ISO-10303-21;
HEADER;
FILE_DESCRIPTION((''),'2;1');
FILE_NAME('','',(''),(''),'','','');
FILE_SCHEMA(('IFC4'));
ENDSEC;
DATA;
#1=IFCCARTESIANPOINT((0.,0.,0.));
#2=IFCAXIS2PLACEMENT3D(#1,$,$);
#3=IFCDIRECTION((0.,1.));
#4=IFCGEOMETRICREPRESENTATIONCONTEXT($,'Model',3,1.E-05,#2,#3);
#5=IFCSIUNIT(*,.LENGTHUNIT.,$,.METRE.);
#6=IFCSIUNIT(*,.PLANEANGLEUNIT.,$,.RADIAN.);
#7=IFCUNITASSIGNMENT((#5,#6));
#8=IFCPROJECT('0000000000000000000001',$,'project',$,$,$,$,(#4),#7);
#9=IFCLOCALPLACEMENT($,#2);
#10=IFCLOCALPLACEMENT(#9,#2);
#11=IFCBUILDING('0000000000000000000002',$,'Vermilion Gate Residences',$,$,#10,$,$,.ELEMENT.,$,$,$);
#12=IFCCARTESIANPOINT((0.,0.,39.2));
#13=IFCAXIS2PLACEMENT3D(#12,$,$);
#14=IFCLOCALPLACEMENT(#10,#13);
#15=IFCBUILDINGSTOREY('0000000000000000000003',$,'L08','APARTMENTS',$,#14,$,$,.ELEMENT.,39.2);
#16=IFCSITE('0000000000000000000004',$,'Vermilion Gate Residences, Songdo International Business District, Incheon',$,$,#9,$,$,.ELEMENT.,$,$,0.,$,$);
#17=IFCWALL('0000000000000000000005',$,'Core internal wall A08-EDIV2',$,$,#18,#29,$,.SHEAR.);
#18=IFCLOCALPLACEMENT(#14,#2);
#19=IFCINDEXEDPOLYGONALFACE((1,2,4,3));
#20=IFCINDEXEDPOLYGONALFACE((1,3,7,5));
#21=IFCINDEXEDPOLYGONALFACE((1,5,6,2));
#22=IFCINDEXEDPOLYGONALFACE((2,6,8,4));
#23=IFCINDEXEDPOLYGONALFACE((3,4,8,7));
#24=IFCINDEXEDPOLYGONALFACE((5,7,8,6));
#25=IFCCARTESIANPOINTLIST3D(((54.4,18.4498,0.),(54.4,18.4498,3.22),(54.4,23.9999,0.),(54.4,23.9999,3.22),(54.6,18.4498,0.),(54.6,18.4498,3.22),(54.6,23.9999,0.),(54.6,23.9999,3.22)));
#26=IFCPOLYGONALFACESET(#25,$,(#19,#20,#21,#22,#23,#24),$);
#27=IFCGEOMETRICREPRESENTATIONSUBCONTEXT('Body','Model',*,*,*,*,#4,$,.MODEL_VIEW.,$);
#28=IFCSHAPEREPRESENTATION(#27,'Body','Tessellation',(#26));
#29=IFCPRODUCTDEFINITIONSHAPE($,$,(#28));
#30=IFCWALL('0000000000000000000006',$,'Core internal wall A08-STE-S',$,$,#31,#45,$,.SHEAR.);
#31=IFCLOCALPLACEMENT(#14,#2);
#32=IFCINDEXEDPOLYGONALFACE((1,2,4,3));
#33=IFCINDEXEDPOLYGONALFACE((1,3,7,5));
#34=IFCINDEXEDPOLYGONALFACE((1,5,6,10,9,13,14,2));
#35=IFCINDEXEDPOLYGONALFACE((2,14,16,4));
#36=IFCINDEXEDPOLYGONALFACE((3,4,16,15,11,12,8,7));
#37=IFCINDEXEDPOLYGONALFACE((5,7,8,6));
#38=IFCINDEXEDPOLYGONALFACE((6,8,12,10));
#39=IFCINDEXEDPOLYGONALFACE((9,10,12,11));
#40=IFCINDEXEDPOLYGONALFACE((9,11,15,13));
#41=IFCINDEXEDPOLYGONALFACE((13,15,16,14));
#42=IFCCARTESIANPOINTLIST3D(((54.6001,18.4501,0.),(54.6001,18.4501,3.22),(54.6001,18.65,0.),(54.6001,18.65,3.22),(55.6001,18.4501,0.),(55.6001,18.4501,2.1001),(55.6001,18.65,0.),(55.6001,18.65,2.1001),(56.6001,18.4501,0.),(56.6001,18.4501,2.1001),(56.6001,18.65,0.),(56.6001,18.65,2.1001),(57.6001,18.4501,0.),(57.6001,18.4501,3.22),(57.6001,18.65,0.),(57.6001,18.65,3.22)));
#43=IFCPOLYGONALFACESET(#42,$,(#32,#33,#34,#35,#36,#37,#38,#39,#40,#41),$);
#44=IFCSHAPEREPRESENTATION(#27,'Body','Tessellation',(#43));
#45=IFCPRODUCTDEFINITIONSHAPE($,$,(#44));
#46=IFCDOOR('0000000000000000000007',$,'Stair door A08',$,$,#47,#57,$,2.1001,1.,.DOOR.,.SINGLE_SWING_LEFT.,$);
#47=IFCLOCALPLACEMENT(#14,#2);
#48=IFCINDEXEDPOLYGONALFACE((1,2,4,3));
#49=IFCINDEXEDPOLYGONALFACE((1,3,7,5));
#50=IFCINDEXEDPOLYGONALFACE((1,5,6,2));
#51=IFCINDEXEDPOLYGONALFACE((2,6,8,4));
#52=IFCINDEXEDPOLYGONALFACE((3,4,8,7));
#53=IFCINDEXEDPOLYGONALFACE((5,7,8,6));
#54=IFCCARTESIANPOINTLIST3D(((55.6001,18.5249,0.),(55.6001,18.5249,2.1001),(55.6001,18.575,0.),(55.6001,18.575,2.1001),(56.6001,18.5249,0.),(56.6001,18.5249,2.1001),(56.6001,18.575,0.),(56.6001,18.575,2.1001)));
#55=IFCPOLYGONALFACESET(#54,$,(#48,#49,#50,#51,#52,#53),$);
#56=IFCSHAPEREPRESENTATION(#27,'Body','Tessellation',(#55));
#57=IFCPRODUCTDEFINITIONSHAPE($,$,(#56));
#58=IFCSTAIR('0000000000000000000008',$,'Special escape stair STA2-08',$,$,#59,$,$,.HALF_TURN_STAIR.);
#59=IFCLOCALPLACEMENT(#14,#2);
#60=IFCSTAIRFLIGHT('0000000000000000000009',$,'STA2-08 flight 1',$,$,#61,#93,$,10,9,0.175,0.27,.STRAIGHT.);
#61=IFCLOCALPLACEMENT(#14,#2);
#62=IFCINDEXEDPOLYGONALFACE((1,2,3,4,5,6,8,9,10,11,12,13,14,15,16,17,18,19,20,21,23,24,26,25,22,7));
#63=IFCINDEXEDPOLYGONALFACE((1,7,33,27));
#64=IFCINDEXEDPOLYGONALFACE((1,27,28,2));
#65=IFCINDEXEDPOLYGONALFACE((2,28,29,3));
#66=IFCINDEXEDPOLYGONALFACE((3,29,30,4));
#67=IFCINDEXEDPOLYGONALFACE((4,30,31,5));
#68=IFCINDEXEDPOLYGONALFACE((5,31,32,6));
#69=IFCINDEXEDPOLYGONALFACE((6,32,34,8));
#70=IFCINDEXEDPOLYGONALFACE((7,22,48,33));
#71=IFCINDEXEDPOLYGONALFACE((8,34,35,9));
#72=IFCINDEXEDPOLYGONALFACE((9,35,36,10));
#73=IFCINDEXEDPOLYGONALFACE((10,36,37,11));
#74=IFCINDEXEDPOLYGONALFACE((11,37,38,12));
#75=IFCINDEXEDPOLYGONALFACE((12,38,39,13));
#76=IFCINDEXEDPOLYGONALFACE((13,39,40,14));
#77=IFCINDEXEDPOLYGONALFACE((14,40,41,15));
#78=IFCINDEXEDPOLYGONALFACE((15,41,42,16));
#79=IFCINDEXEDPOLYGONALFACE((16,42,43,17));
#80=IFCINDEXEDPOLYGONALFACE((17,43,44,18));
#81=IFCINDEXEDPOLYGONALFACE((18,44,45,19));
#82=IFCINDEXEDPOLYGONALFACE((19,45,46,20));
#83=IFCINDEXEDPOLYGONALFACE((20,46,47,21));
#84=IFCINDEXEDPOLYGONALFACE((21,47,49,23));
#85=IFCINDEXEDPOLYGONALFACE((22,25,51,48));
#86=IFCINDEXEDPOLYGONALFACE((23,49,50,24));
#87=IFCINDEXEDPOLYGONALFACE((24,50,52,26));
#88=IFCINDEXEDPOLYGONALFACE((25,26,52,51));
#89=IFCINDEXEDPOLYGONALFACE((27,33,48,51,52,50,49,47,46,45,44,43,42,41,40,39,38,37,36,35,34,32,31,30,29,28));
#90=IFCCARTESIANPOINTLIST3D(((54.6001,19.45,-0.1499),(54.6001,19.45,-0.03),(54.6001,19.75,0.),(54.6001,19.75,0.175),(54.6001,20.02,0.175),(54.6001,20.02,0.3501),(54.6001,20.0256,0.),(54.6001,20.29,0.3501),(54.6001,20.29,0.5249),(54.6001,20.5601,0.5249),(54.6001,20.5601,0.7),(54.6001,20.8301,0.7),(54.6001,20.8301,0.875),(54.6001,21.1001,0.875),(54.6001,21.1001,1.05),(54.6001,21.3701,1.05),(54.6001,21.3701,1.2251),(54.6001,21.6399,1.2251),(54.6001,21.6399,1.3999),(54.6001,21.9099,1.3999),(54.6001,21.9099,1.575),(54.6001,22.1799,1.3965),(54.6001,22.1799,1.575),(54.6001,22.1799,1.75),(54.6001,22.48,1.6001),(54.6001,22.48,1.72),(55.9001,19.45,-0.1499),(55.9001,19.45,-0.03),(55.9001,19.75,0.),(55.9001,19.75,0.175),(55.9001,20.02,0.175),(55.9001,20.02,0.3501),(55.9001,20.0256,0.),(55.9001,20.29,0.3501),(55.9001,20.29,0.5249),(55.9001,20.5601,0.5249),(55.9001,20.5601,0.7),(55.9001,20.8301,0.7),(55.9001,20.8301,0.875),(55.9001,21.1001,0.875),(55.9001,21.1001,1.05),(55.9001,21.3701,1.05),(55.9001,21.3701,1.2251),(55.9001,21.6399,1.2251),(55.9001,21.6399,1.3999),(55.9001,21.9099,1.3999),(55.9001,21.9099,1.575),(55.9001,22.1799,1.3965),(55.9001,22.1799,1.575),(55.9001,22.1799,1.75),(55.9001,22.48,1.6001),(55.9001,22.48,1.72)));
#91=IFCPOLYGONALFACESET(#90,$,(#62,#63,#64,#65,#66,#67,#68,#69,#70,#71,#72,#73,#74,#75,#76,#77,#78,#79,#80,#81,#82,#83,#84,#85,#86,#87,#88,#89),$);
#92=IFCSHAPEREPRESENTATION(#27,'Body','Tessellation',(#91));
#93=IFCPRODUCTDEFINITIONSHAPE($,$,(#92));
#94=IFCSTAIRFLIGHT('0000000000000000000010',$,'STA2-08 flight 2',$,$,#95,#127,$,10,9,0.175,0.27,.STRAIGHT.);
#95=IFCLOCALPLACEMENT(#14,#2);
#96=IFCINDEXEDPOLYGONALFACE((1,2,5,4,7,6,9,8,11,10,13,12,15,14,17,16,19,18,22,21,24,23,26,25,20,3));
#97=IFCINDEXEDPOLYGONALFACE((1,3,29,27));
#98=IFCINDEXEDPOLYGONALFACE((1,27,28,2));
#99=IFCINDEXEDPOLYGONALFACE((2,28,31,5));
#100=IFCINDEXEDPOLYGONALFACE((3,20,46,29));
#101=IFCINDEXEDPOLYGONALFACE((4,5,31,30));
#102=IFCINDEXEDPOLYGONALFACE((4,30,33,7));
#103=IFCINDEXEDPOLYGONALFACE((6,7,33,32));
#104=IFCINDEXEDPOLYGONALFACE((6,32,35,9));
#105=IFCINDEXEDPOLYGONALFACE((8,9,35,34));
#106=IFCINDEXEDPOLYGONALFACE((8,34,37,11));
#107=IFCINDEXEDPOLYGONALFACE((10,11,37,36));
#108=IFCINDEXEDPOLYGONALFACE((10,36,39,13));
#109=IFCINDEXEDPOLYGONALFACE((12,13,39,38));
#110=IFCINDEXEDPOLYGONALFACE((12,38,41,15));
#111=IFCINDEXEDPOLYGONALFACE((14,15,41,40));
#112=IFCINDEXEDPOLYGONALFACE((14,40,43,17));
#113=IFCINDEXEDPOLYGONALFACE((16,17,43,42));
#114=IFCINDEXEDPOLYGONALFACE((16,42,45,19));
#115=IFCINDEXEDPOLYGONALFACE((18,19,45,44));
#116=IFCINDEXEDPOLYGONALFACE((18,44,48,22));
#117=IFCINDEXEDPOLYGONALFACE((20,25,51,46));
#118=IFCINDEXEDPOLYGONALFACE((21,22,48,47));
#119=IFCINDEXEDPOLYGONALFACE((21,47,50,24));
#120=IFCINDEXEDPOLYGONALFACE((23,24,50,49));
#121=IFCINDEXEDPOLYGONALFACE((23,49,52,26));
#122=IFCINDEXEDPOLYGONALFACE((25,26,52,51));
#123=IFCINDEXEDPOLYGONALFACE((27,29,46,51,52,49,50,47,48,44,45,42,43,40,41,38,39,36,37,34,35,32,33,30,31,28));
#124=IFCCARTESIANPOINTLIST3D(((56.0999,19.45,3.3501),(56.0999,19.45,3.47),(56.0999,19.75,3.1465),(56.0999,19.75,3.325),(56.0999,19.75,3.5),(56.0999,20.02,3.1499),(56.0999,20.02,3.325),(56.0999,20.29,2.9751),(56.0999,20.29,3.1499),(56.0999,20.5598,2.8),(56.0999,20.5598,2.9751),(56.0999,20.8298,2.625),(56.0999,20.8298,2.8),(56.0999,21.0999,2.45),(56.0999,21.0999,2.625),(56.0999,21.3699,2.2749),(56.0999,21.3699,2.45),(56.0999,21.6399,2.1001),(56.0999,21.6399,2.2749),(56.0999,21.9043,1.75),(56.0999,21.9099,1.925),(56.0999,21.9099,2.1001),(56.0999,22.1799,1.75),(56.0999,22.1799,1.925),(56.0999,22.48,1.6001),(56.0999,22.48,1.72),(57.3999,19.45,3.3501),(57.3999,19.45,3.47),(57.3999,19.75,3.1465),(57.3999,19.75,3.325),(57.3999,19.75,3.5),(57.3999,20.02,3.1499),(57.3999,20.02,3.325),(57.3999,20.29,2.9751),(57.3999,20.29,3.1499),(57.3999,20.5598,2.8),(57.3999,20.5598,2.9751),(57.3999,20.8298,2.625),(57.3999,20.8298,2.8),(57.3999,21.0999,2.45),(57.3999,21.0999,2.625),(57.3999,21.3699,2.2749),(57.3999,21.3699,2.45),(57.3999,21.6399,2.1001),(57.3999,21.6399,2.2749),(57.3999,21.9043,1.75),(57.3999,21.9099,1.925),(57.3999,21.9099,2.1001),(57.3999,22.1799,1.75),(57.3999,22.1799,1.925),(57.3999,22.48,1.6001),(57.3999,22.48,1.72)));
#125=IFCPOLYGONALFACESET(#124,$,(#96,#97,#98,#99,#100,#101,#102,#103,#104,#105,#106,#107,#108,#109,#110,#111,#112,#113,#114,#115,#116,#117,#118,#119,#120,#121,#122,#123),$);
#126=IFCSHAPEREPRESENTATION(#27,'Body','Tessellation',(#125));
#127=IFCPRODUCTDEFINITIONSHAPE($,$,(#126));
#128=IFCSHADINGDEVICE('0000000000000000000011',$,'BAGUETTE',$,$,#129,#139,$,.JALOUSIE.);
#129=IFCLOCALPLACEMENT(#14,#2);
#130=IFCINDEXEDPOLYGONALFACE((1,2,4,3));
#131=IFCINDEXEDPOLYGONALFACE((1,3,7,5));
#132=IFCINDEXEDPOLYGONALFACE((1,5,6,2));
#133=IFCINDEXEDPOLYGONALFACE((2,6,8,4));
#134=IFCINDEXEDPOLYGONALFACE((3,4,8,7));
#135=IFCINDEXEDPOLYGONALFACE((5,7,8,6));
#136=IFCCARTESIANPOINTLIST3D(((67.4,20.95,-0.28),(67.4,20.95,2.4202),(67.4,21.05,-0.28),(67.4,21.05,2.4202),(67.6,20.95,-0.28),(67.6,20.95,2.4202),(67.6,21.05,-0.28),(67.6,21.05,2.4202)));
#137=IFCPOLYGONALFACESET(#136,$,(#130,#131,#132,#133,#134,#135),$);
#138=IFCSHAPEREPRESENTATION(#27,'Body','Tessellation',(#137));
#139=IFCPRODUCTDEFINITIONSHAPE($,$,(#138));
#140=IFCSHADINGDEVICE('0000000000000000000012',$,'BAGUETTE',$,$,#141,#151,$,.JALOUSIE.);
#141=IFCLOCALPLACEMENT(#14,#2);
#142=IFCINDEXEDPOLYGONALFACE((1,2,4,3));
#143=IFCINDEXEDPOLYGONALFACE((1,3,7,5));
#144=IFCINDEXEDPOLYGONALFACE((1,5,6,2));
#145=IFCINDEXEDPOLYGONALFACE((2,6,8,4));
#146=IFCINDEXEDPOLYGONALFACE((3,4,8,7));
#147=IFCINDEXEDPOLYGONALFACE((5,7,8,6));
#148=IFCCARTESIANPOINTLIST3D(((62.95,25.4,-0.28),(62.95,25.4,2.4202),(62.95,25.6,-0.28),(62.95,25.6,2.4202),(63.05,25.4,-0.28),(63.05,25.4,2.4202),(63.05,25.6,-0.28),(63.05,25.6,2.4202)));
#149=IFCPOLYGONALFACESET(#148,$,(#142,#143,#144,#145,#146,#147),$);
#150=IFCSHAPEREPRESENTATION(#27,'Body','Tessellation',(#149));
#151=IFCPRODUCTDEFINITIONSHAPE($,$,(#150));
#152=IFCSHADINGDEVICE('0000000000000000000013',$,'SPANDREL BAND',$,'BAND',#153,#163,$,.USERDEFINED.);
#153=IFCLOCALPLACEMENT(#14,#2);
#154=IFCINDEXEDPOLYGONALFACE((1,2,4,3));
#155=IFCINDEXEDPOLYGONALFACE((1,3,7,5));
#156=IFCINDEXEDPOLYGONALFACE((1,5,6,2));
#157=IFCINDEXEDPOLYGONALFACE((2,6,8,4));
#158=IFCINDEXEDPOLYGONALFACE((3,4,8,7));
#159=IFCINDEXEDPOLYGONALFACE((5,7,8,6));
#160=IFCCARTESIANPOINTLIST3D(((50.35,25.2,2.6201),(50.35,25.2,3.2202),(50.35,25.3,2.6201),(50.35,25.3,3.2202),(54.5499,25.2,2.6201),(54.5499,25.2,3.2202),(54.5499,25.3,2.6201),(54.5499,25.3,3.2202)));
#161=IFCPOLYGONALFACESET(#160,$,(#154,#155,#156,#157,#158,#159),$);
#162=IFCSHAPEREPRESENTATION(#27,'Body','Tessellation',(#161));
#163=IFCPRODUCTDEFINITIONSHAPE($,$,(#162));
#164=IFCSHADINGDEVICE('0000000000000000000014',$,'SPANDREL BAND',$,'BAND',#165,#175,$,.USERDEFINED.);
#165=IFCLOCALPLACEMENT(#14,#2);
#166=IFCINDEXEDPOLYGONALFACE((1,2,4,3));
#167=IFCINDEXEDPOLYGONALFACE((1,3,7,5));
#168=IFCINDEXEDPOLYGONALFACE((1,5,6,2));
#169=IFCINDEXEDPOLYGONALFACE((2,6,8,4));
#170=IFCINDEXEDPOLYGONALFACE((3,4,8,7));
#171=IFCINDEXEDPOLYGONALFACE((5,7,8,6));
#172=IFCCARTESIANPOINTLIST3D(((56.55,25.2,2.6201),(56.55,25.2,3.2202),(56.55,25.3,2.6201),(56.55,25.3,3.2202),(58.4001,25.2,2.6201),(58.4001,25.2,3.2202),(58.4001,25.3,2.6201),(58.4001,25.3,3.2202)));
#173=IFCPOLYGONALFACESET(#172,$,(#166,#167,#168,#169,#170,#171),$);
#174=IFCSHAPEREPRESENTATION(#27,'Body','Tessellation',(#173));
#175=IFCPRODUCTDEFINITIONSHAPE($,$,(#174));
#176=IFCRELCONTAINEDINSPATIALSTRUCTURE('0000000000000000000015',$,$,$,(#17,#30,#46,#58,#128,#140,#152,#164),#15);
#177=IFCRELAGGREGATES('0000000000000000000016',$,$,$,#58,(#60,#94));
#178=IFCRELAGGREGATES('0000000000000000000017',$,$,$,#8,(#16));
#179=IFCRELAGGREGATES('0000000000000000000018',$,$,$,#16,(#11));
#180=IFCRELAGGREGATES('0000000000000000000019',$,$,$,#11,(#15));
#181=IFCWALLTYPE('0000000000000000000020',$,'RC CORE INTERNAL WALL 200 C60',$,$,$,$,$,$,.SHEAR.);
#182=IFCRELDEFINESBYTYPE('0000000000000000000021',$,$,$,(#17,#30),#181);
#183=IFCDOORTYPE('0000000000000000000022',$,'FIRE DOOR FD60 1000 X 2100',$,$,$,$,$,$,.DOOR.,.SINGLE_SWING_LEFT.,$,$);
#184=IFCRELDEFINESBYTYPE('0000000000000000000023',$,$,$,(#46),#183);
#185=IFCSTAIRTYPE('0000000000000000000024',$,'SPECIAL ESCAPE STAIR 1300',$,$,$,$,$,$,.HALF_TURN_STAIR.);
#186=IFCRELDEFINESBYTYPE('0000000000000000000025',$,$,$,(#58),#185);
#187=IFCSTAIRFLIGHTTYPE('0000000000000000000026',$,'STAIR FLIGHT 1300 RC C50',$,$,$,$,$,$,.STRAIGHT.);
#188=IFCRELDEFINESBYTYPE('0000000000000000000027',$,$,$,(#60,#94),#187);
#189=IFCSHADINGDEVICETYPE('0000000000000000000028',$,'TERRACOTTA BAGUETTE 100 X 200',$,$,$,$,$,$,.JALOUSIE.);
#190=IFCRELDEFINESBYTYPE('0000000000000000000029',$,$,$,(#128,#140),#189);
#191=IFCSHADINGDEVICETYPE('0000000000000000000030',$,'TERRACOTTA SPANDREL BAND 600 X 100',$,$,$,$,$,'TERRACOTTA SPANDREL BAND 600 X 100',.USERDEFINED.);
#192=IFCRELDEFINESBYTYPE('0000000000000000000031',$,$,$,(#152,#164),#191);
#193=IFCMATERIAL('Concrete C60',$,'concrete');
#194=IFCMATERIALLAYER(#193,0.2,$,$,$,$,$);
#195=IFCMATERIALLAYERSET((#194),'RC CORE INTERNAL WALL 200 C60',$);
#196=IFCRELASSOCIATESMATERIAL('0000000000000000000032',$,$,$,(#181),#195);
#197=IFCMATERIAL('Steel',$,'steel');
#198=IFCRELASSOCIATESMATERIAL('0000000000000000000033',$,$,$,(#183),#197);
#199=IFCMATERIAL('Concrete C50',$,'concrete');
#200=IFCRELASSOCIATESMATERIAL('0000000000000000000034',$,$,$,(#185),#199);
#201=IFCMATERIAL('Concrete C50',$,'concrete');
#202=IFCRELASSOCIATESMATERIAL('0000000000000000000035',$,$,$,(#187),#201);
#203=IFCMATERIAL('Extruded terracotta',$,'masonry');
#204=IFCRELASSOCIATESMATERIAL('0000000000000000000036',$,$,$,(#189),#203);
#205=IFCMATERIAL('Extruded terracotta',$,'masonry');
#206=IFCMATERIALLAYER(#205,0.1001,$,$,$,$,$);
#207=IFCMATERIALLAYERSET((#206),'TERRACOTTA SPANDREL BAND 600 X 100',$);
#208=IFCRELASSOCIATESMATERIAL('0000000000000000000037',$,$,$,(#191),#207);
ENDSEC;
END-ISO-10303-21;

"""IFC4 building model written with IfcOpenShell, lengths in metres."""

from ifc_helpers import new_model, si_unit, direction, frame, frame_2d, origin, origin_2d, place, context, subcontext, project, spatial, polyline, rectangle, outline, extrude, material, layer, layer_set, material_profile, profile_set, type_object, element, fill, aggregate, save


model = new_model("IFC4")

# Units and contexts
model_context = context("Model", 3, precision=1e-05, world=origin(), true_north=direction((0.0, 1.0)))
body_context = subcontext(model_context, "Body", "Model", "MODEL_VIEW")
ifc_project = project(units=[si_unit("LENGTHUNIT", "METRE"), si_unit("PLANEANGLEUNIT", "RADIAN")], contexts=[model_context])

# Site, building, storey
site_placement = place(None, origin())
site = spatial("IfcSite", under=ifc_project, at=site_placement, Name="Vermilion Gate Residences, Songdo International Business District, Incheon", CompositionType="ELEMENT", RefElevation=0.0)
building_placement = place(site_placement, origin())
building = spatial("IfcBuilding", under=site, at=building_placement, Name="Vermilion Gate Residences", CompositionType="ELEMENT")
storey_placement = place(building_placement, frame((0.0, 0.0, 39.2)))
storey = spatial("IfcBuildingStorey", under=building, at=storey_placement, Name="L08", Description="APARTMENTS", CompositionType="ELEMENT", Elevation=39.2)

# Wall
ifc_material_1 = material(Name="Concrete C60", Category="concrete")
ifc_layer_1 = layer(ifc_material_1, 0.2)
ifc_layer_set_1 = layer_set([ifc_layer_1], Name="RC CORE INTERNAL WALL 200 C60")
wall_type_1 = type_object("IfcWallType", Name="RC CORE INTERNAL WALL 200 C60", PredefinedType="SHEAR", material=ifc_layer_set_1)
wall_1_placement = place(storey_placement, frame((54.5, 18.45, 0.0), z_axis=(0.0, 0.0, 1.0), x_axis=(0.0, 1.0, 0.0)))
element("IfcWall", 1, at=wall_1_placement, inside=storey, type_object=wall_type_1, Name="Core internal wall A08-EDIV2", PredefinedType="SHEAR", context=body_context, shape_type="SweptSolid", body=[
    extrude(rectangle(XDim=5.55, YDim=0.2, at=frame_2d((2.7749, 0.0))), origin(), (0.0, 0.0, 1.0), 3.22),
])

# Wall, opening, door
wall_2_placement = place(storey_placement, frame((54.6001, 18.55, 0.0), z_axis=(0.0, 0.0, 1.0), x_axis=(1.0, 0.0, 0.0)))
wall_2 = element("IfcWall", 2, at=wall_2_placement, inside=storey, type_object=wall_type_1, Name="Core internal wall A08-STE-S", PredefinedType="SHEAR", context=body_context, shape_type="SweptSolid", body=[
    extrude(rectangle(XDim=3.0, YDim=0.2, at=frame_2d((1.5, 0.0))), origin(), (0.0, 0.0, 1.0), 3.22),
])
opening_1_placement = place(wall_2_placement, frame((1.0, 0.0, 0.0)))
opening_1 = element("IfcOpeningElement", 3, at=opening_1_placement, cuts=wall_2, PredefinedType="OPENING", context=body_context, shape_type="SweptSolid", body=[
    extrude(rectangle(XDim=1.0, YDim=2.1001, at=frame_2d((0.5, 1.05))), frame((0.0, 0.1099, 0.0), z_axis=(0.0, -1.0, 0.0), x_axis=(1.0, 0.0, 0.0)), (0.0, 0.0, 1.0), 0.22),
])
ifc_material_2 = material(Name="Steel", Category="steel")
door_type = type_object("IfcDoorType", Name="FIRE DOOR FD60 1000 X 2100", OperationType="SINGLE_SWING_LEFT", PredefinedType="DOOR", material=ifc_material_2)
door_placement = place(opening_1_placement, origin())
door = element("IfcDoor", 4, at=door_placement, inside=storey, type_object=door_type, Name="Stair door A08", OperationType="SINGLE_SWING_LEFT", OverallHeight=2.1001, OverallWidth=1.0, PredefinedType="DOOR", context=body_context, shape_type="SweptSolid", body=[
    extrude(rectangle(XDim=1.0, YDim=2.1001, at=frame_2d((0.5, 1.05))), frame((0.0, 0.0249, 0.0), z_axis=(0.0, -1.0, 0.0), x_axis=(1.0, 0.0, 0.0)), (0.0, 0.0, 1.0), 0.05),
])
fill(opening_1, door)

# Stair, stair flights
ifc_material_3 = material(Name="Concrete C50", Category="concrete")
stair_type = type_object("IfcStairType", Name="SPECIAL ESCAPE STAIR 1300", PredefinedType="HALF_TURN_STAIR", material=ifc_material_3)
stair_placement = place(storey_placement, origin())
stair = element("IfcStair", 5, at=stair_placement, inside=storey, type_object=stair_type, Name="Special escape stair STA2-08", PredefinedType="HALF_TURN_STAIR")
ifc_material_4 = material(Name="Concrete C50", Category="concrete")
stair_flight_type = type_object("IfcStairFlightType", Name="STAIR FLIGHT 1300 RC C50", PredefinedType="STRAIGHT", material=ifc_material_4)
stair_flight_1_placement = place(storey_placement, frame((55.25, 19.75, 0.0), z_axis=(0.0, 0.0, 1.0), x_axis=(0.0, 1.0, 0.0)))
stair_flight_1 = element("IfcStairFlight", 6, at=stair_flight_1_placement, type_object=stair_flight_type, Name="STA2-08 flight 1", NumberOfRisers=10, NumberOfTreads=9, PredefinedType="STRAIGHT", RiserHeight=0.175, TreadLength=0.27, context=body_context, shape_type="SweptSolid", body=[
    extrude(outline(polyline([(-0.3, -0.1499), (-0.3, -0.03), (0.0, 0.0), (0.0, 0.175), (0.27, 0.175), (0.27, 0.3501), (0.54, 0.3501), (0.54, 0.5249), (0.8101, 0.5249), (0.8101, 0.7), (1.0801, 0.7), (1.0801, 0.875), (1.3501, 0.875), (1.3501, 1.05), (1.6201, 1.05), (1.6201, 1.2251), (1.8899, 1.2251), (1.8899, 1.3999), (2.1599, 1.3999), (2.1599, 1.575), (2.4299, 1.575), (2.4299, 1.75), (2.73, 1.72), (2.73, 1.6001), (2.4299, 1.3965), (0.2756, 0.0), (-0.3, -0.1499)])), frame((0.0, 0.6499, 0.0), z_axis=(0.0, -1.0, 0.0), x_axis=(1.0, 0.0, 0.0)), (0.0, 0.0, 1.0), 1.3),
])
stair_flight_2_placement = place(storey_placement, frame((56.75, 22.1799, 1.75), z_axis=(0.0, 0.0, 1.0), x_axis=(0.0, -1.0, 0.0)))
stair_flight_2 = element("IfcStairFlight", 7, at=stair_flight_2_placement, type_object=stair_flight_type, Name="STA2-08 flight 2", NumberOfRisers=10, NumberOfTreads=9, PredefinedType="STRAIGHT", RiserHeight=0.175, TreadLength=0.27, context=body_context, shape_type="SweptSolid", body=[
    extrude(outline(polyline([(-0.3, -0.1499), (-0.3, -0.03), (0.0, 0.0), (0.0, 0.175), (0.27, 0.175), (0.27, 0.3501), (0.54, 0.3501), (0.54, 0.5249), (0.8101, 0.5249), (0.8101, 0.7), (1.0801, 0.7), (1.0801, 0.875), (1.3501, 0.875), (1.3501, 1.05), (1.6201, 1.05), (1.6201, 1.2251), (1.8899, 1.2251), (1.8899, 1.3999), (2.1599, 1.3999), (2.1599, 1.575), (2.4299, 1.575), (2.4299, 1.75), (2.73, 1.72), (2.73, 1.6001), (2.4299, 1.3965), (0.2756, 0.0), (-0.3, -0.1499)])), frame((0.0, 0.6499, 0.0), z_axis=(0.0, -1.0, 0.0), x_axis=(1.0, 0.0, 0.0)), (0.0, 0.0, 1.0), 1.3),
])
aggregate(stair, [stair_flight_1, stair_flight_2])

# Shading devices
ifc_material_5 = material(Name="Extruded terracotta", Category="masonry")
ifc_material_profile_1 = material_profile(ifc_material_5, rectangle(XDim=0.2, YDim=0.1001, at=origin_2d()), Name="BAGUETTE 100 X 200")
ifc_profile_set_1 = profile_set([ifc_material_profile_1], Name="Extruded terracotta")
shading_device_type_1 = type_object("IfcShadingDeviceType", Name="TERRACOTTA BAGUETTE 100 X 200", PredefinedType="JALOUSIE", material=ifc_profile_set_1)
for number, where, z_axis, x_axis, name in (
    (8, (67.5, 21.0, -0.28), (0.0, 0.0, 1.0), (-1.0, 0.0, 0.0), "BAGUETTE"),
    (9, (63.0, 25.5, -0.28), (0.0, 0.0, 1.0), (0.0, -1.0, 0.0), "BAGUETTE"),
):
    element("IfcShadingDevice", number, at=place(storey_placement, frame(where, z_axis=z_axis, x_axis=x_axis)), inside=storey, type_object=shading_device_type_1, Name=name, PredefinedType="JALOUSIE", context=body_context, shape_type="SweptSolid", body=[
        extrude(rectangle(XDim=0.2, YDim=0.1001, at=origin_2d()), origin(), (0.0, 0.0, 1.0), 2.7002),
    ])
ifc_material_6 = material(Name="Extruded terracotta", Category="masonry")
ifc_layer_2 = layer(ifc_material_6, 0.1001)
ifc_layer_set_2 = layer_set([ifc_layer_2], Name="TERRACOTTA SPANDREL BAND 600 X 100")
shading_device_type_2 = type_object("IfcShadingDeviceType", Name="TERRACOTTA SPANDREL BAND 600 X 100", ElementType="TERRACOTTA SPANDREL BAND 600 X 100", PredefinedType="USERDEFINED", material=ifc_layer_set_2)
shading_device_1_placement = place(storey_placement, frame((52.45, 25.25, 2.6201), z_axis=(0.0, 0.0, 1.0), x_axis=(1.0, 0.0, 0.0)))
element("IfcShadingDevice", 10, at=shading_device_1_placement, inside=storey, type_object=shading_device_type_2, Name="SPANDREL BAND", ObjectType="BAND", PredefinedType="USERDEFINED", context=body_context, shape_type="SweptSolid", body=[
    extrude(rectangle(XDim=4.2, YDim=0.1001, at=origin_2d()), origin(), (0.0, 0.0, 1.0), 0.6001),
])
shading_device_2_placement = place(storey_placement, frame((57.4751, 25.25, 2.6201), z_axis=(0.0, 0.0, 1.0), x_axis=(1.0, 0.0, 0.0)))
element("IfcShadingDevice", 11, at=shading_device_2_placement, inside=storey, type_object=shading_device_type_2, Name="SPANDREL BAND", ObjectType="BAND", PredefinedType="USERDEFINED", context=body_context, shape_type="SweptSolid", body=[
    extrude(rectangle(XDim=1.8501, YDim=0.1001, at=origin_2d()), origin(), (0.0, 0.0, 1.0), 0.6001),
])

save(model, "model.ifc")
